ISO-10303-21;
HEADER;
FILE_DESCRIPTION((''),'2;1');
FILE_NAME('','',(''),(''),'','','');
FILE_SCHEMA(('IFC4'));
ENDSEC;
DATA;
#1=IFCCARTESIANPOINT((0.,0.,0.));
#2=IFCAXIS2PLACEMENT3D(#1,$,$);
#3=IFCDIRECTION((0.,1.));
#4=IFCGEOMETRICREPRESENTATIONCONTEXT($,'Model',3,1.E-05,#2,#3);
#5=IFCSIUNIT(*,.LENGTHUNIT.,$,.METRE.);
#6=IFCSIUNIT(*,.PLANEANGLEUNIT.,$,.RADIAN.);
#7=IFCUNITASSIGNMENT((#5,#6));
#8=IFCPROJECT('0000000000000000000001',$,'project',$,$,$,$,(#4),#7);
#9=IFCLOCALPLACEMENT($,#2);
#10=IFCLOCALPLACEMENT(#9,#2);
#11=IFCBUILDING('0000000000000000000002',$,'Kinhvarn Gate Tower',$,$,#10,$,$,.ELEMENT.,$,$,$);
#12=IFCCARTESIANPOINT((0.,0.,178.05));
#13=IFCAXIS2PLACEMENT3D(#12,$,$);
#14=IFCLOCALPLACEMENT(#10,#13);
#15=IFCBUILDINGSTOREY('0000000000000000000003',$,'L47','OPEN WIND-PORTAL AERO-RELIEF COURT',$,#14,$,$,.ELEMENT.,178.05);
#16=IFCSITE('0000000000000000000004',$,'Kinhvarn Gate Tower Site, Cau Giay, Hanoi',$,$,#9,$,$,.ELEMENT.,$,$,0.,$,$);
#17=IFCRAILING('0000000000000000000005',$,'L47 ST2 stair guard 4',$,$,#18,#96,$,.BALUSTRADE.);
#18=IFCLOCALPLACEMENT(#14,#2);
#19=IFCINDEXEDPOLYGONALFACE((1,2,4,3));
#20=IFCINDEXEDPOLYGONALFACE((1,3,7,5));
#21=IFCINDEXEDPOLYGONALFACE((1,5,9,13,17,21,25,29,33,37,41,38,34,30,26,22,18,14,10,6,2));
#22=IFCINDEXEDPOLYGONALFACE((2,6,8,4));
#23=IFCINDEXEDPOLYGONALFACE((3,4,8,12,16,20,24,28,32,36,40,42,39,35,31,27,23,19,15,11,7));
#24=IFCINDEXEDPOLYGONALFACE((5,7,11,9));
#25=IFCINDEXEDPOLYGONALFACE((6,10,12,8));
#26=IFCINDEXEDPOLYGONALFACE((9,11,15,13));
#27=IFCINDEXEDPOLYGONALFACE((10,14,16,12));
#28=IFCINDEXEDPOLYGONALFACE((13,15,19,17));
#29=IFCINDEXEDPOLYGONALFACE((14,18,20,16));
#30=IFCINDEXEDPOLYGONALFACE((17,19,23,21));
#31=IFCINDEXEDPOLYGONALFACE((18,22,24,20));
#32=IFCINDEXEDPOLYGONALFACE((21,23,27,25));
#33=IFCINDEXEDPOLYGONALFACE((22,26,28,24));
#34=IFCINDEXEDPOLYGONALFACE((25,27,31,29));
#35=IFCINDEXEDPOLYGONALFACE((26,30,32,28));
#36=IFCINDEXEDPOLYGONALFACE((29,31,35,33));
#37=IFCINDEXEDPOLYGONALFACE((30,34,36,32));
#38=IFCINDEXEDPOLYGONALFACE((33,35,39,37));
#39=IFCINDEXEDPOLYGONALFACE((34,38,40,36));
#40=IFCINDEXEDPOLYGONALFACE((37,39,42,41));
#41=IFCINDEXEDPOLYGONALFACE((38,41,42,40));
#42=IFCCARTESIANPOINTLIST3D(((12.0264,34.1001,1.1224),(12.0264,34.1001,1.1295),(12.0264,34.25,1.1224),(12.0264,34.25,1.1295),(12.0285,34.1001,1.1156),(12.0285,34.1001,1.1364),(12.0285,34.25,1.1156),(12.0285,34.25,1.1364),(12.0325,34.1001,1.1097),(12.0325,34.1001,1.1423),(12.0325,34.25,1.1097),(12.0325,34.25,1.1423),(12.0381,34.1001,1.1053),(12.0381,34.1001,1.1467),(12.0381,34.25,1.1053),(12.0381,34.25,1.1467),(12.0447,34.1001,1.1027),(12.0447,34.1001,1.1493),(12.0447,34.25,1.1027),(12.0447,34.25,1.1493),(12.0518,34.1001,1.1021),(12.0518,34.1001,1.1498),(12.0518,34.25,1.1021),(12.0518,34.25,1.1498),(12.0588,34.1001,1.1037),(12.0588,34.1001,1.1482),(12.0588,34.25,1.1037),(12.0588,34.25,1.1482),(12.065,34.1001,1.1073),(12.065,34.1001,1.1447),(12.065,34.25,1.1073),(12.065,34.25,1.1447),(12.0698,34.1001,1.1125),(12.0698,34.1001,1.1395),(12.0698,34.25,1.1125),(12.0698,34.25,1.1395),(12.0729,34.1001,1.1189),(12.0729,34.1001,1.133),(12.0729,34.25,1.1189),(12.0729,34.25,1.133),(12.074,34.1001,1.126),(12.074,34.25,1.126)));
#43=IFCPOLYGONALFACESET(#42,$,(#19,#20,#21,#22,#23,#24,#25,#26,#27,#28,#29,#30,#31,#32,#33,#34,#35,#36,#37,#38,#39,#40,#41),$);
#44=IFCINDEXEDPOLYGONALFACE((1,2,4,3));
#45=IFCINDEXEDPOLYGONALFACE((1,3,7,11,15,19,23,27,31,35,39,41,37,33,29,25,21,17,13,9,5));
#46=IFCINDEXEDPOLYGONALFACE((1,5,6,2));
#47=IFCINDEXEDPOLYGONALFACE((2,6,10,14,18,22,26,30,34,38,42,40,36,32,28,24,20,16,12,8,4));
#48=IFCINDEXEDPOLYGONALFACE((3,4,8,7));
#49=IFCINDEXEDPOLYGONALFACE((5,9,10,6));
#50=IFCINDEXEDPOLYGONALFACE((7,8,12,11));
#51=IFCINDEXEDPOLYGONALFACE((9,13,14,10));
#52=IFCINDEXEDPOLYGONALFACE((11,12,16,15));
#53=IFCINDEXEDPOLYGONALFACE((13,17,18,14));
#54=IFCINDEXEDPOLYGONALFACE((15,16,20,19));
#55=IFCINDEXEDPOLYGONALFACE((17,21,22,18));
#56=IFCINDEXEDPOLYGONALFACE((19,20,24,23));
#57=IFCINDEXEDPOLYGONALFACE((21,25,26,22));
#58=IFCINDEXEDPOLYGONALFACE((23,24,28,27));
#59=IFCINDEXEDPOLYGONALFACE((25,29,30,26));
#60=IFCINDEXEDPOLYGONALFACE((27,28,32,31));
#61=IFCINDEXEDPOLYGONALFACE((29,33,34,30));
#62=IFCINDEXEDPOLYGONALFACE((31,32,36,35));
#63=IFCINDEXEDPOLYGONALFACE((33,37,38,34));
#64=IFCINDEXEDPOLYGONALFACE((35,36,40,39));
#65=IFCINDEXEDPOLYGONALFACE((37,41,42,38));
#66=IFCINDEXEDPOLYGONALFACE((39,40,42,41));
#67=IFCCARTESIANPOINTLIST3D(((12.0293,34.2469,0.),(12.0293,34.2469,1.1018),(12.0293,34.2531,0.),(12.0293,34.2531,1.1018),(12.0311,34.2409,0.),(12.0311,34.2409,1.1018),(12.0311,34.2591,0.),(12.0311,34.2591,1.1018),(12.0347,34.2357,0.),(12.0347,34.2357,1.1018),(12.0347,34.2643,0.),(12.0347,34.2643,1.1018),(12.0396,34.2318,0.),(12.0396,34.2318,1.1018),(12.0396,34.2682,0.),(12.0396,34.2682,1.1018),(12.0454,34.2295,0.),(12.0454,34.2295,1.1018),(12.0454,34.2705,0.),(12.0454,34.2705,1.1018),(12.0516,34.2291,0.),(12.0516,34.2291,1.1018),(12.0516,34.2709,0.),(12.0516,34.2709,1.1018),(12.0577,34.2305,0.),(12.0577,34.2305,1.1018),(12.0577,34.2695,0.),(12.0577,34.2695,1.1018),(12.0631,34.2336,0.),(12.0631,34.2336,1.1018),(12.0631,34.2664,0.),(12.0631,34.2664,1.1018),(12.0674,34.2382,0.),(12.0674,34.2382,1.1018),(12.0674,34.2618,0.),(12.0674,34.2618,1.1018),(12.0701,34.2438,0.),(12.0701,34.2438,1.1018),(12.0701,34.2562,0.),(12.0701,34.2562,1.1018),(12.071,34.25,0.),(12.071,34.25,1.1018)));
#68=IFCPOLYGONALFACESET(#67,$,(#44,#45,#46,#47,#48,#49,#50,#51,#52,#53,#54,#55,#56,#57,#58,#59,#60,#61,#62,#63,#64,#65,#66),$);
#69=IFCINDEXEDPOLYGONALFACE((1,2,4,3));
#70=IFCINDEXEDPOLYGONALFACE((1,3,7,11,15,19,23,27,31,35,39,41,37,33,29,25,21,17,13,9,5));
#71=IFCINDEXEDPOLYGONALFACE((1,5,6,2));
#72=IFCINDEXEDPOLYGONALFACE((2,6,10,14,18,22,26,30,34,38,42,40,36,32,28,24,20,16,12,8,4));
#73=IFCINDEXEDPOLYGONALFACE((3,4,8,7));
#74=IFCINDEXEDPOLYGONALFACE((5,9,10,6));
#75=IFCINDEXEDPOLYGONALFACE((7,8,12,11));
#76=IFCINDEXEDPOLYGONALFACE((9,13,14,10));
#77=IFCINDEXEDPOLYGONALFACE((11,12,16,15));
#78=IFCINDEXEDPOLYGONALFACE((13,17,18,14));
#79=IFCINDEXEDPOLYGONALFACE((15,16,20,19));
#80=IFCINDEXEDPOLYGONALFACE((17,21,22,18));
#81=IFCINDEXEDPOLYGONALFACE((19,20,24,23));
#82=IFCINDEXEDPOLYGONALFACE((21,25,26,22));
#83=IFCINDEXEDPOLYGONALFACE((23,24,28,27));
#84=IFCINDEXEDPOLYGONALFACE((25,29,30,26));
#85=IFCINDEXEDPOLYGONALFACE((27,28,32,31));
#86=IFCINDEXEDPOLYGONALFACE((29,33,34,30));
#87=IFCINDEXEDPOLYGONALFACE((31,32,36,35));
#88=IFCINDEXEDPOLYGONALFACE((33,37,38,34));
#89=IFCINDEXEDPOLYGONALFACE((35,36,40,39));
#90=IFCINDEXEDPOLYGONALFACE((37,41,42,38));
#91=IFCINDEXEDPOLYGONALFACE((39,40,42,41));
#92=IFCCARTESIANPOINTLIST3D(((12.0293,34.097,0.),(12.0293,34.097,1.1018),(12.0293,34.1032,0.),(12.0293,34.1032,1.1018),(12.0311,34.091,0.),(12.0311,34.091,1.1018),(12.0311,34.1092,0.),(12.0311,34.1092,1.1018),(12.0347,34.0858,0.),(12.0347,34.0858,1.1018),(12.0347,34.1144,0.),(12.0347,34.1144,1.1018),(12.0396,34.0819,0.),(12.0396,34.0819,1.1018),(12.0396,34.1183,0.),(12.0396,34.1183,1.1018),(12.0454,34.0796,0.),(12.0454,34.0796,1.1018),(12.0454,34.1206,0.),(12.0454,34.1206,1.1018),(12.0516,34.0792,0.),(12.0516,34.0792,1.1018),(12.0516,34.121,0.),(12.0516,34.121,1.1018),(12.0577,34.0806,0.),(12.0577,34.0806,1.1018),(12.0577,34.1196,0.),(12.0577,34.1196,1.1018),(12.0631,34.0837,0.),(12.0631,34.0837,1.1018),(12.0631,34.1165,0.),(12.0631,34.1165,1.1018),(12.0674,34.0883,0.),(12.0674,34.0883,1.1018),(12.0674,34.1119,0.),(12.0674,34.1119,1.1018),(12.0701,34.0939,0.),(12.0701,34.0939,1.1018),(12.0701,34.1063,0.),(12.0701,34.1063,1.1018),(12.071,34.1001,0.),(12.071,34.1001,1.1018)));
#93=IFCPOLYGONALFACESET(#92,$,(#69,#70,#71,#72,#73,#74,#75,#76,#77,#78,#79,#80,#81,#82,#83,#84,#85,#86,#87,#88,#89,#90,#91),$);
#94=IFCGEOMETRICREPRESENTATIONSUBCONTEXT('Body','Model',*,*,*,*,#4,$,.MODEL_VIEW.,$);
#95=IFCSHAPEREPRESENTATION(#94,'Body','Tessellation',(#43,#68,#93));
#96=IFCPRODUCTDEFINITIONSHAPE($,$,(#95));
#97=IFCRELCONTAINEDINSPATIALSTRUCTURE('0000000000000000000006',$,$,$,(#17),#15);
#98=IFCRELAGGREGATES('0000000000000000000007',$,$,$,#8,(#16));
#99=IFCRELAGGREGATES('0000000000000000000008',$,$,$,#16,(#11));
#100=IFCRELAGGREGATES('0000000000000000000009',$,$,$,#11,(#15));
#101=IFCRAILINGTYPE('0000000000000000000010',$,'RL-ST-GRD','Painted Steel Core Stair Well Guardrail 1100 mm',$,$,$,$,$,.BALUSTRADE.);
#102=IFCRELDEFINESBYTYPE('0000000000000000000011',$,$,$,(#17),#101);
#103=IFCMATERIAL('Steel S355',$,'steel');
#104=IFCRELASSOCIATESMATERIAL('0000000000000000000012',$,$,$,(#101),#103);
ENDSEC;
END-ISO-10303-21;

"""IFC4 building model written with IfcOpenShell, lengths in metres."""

from ifc_helpers import new_model, si_unit, direction, frame, origin, origin_2d, place, context, subcontext, project, spatial, circle, extrude, material, type_object, element, save


model = new_model("IFC4")

# Units and contexts
model_context = context("Model", 3, precision=1e-05, world=origin(), true_north=direction((0.0, 1.0)))
body_context = subcontext(model_context, "Body", "Model", "MODEL_VIEW")
ifc_project = project(units=[si_unit("LENGTHUNIT", "METRE"), si_unit("PLANEANGLEUNIT", "RADIAN")], contexts=[model_context])

# Site, building, storey
site_placement = place(None, origin())
site = spatial("IfcSite", under=ifc_project, at=site_placement, Name="Kinhvarn Gate Tower Site, Cau Giay, Hanoi", CompositionType="ELEMENT", RefElevation=0.0)
building_placement = place(site_placement, origin())
building = spatial("IfcBuilding", under=site, at=building_placement, Name="Kinhvarn Gate Tower", CompositionType="ELEMENT")
storey_placement = place(building_placement, frame((0.0, 0.0, 178.05)))
storey = spatial("IfcBuildingStorey", under=building, at=storey_placement, Name="L47", Description="OPEN WIND-PORTAL AERO-RELIEF COURT", CompositionType="ELEMENT", Elevation=178.05)

# Shared definitions
ifc_material_1 = material(Name="Steel S355", Category="steel")

# Railing
railing_type_1 = type_object("IfcRailingType", Name="RL-ST-GRD", Description="Painted Steel Core Stair Well Guardrail 1100 mm", PredefinedType="BALUSTRADE", material=ifc_material_1)
railing_1_placement = place(storey_placement, frame((12.05, 34.25, 0.0)))
element("IfcRailing", 1, at=railing_1_placement, inside=storey, type_object=railing_type_1, Name="L47 ST2 stair guard 4", PredefinedType="BALUSTRADE", context=body_context, shape_type="SweptSolid", body=[
    extrude(circle(Radius=0.0239, at=origin_2d()), frame((0.0, 0.0, 1.126), z_axis=(0.0, -1.0, 0.0), x_axis=(1.0, 0.0, 0.0)), (0.0, 0.0, 1.0), 0.1499),
    extrude(circle(Radius=0.021, at=origin_2d()), origin(), (0.0, 0.0, 1.0), 1.1018),
    extrude(circle(Radius=0.021, at=origin_2d()), frame((0.0, -0.1499, 0.0)), (0.0, 0.0, 1.0), 1.1018),
])

save(model, "model.ifc")
